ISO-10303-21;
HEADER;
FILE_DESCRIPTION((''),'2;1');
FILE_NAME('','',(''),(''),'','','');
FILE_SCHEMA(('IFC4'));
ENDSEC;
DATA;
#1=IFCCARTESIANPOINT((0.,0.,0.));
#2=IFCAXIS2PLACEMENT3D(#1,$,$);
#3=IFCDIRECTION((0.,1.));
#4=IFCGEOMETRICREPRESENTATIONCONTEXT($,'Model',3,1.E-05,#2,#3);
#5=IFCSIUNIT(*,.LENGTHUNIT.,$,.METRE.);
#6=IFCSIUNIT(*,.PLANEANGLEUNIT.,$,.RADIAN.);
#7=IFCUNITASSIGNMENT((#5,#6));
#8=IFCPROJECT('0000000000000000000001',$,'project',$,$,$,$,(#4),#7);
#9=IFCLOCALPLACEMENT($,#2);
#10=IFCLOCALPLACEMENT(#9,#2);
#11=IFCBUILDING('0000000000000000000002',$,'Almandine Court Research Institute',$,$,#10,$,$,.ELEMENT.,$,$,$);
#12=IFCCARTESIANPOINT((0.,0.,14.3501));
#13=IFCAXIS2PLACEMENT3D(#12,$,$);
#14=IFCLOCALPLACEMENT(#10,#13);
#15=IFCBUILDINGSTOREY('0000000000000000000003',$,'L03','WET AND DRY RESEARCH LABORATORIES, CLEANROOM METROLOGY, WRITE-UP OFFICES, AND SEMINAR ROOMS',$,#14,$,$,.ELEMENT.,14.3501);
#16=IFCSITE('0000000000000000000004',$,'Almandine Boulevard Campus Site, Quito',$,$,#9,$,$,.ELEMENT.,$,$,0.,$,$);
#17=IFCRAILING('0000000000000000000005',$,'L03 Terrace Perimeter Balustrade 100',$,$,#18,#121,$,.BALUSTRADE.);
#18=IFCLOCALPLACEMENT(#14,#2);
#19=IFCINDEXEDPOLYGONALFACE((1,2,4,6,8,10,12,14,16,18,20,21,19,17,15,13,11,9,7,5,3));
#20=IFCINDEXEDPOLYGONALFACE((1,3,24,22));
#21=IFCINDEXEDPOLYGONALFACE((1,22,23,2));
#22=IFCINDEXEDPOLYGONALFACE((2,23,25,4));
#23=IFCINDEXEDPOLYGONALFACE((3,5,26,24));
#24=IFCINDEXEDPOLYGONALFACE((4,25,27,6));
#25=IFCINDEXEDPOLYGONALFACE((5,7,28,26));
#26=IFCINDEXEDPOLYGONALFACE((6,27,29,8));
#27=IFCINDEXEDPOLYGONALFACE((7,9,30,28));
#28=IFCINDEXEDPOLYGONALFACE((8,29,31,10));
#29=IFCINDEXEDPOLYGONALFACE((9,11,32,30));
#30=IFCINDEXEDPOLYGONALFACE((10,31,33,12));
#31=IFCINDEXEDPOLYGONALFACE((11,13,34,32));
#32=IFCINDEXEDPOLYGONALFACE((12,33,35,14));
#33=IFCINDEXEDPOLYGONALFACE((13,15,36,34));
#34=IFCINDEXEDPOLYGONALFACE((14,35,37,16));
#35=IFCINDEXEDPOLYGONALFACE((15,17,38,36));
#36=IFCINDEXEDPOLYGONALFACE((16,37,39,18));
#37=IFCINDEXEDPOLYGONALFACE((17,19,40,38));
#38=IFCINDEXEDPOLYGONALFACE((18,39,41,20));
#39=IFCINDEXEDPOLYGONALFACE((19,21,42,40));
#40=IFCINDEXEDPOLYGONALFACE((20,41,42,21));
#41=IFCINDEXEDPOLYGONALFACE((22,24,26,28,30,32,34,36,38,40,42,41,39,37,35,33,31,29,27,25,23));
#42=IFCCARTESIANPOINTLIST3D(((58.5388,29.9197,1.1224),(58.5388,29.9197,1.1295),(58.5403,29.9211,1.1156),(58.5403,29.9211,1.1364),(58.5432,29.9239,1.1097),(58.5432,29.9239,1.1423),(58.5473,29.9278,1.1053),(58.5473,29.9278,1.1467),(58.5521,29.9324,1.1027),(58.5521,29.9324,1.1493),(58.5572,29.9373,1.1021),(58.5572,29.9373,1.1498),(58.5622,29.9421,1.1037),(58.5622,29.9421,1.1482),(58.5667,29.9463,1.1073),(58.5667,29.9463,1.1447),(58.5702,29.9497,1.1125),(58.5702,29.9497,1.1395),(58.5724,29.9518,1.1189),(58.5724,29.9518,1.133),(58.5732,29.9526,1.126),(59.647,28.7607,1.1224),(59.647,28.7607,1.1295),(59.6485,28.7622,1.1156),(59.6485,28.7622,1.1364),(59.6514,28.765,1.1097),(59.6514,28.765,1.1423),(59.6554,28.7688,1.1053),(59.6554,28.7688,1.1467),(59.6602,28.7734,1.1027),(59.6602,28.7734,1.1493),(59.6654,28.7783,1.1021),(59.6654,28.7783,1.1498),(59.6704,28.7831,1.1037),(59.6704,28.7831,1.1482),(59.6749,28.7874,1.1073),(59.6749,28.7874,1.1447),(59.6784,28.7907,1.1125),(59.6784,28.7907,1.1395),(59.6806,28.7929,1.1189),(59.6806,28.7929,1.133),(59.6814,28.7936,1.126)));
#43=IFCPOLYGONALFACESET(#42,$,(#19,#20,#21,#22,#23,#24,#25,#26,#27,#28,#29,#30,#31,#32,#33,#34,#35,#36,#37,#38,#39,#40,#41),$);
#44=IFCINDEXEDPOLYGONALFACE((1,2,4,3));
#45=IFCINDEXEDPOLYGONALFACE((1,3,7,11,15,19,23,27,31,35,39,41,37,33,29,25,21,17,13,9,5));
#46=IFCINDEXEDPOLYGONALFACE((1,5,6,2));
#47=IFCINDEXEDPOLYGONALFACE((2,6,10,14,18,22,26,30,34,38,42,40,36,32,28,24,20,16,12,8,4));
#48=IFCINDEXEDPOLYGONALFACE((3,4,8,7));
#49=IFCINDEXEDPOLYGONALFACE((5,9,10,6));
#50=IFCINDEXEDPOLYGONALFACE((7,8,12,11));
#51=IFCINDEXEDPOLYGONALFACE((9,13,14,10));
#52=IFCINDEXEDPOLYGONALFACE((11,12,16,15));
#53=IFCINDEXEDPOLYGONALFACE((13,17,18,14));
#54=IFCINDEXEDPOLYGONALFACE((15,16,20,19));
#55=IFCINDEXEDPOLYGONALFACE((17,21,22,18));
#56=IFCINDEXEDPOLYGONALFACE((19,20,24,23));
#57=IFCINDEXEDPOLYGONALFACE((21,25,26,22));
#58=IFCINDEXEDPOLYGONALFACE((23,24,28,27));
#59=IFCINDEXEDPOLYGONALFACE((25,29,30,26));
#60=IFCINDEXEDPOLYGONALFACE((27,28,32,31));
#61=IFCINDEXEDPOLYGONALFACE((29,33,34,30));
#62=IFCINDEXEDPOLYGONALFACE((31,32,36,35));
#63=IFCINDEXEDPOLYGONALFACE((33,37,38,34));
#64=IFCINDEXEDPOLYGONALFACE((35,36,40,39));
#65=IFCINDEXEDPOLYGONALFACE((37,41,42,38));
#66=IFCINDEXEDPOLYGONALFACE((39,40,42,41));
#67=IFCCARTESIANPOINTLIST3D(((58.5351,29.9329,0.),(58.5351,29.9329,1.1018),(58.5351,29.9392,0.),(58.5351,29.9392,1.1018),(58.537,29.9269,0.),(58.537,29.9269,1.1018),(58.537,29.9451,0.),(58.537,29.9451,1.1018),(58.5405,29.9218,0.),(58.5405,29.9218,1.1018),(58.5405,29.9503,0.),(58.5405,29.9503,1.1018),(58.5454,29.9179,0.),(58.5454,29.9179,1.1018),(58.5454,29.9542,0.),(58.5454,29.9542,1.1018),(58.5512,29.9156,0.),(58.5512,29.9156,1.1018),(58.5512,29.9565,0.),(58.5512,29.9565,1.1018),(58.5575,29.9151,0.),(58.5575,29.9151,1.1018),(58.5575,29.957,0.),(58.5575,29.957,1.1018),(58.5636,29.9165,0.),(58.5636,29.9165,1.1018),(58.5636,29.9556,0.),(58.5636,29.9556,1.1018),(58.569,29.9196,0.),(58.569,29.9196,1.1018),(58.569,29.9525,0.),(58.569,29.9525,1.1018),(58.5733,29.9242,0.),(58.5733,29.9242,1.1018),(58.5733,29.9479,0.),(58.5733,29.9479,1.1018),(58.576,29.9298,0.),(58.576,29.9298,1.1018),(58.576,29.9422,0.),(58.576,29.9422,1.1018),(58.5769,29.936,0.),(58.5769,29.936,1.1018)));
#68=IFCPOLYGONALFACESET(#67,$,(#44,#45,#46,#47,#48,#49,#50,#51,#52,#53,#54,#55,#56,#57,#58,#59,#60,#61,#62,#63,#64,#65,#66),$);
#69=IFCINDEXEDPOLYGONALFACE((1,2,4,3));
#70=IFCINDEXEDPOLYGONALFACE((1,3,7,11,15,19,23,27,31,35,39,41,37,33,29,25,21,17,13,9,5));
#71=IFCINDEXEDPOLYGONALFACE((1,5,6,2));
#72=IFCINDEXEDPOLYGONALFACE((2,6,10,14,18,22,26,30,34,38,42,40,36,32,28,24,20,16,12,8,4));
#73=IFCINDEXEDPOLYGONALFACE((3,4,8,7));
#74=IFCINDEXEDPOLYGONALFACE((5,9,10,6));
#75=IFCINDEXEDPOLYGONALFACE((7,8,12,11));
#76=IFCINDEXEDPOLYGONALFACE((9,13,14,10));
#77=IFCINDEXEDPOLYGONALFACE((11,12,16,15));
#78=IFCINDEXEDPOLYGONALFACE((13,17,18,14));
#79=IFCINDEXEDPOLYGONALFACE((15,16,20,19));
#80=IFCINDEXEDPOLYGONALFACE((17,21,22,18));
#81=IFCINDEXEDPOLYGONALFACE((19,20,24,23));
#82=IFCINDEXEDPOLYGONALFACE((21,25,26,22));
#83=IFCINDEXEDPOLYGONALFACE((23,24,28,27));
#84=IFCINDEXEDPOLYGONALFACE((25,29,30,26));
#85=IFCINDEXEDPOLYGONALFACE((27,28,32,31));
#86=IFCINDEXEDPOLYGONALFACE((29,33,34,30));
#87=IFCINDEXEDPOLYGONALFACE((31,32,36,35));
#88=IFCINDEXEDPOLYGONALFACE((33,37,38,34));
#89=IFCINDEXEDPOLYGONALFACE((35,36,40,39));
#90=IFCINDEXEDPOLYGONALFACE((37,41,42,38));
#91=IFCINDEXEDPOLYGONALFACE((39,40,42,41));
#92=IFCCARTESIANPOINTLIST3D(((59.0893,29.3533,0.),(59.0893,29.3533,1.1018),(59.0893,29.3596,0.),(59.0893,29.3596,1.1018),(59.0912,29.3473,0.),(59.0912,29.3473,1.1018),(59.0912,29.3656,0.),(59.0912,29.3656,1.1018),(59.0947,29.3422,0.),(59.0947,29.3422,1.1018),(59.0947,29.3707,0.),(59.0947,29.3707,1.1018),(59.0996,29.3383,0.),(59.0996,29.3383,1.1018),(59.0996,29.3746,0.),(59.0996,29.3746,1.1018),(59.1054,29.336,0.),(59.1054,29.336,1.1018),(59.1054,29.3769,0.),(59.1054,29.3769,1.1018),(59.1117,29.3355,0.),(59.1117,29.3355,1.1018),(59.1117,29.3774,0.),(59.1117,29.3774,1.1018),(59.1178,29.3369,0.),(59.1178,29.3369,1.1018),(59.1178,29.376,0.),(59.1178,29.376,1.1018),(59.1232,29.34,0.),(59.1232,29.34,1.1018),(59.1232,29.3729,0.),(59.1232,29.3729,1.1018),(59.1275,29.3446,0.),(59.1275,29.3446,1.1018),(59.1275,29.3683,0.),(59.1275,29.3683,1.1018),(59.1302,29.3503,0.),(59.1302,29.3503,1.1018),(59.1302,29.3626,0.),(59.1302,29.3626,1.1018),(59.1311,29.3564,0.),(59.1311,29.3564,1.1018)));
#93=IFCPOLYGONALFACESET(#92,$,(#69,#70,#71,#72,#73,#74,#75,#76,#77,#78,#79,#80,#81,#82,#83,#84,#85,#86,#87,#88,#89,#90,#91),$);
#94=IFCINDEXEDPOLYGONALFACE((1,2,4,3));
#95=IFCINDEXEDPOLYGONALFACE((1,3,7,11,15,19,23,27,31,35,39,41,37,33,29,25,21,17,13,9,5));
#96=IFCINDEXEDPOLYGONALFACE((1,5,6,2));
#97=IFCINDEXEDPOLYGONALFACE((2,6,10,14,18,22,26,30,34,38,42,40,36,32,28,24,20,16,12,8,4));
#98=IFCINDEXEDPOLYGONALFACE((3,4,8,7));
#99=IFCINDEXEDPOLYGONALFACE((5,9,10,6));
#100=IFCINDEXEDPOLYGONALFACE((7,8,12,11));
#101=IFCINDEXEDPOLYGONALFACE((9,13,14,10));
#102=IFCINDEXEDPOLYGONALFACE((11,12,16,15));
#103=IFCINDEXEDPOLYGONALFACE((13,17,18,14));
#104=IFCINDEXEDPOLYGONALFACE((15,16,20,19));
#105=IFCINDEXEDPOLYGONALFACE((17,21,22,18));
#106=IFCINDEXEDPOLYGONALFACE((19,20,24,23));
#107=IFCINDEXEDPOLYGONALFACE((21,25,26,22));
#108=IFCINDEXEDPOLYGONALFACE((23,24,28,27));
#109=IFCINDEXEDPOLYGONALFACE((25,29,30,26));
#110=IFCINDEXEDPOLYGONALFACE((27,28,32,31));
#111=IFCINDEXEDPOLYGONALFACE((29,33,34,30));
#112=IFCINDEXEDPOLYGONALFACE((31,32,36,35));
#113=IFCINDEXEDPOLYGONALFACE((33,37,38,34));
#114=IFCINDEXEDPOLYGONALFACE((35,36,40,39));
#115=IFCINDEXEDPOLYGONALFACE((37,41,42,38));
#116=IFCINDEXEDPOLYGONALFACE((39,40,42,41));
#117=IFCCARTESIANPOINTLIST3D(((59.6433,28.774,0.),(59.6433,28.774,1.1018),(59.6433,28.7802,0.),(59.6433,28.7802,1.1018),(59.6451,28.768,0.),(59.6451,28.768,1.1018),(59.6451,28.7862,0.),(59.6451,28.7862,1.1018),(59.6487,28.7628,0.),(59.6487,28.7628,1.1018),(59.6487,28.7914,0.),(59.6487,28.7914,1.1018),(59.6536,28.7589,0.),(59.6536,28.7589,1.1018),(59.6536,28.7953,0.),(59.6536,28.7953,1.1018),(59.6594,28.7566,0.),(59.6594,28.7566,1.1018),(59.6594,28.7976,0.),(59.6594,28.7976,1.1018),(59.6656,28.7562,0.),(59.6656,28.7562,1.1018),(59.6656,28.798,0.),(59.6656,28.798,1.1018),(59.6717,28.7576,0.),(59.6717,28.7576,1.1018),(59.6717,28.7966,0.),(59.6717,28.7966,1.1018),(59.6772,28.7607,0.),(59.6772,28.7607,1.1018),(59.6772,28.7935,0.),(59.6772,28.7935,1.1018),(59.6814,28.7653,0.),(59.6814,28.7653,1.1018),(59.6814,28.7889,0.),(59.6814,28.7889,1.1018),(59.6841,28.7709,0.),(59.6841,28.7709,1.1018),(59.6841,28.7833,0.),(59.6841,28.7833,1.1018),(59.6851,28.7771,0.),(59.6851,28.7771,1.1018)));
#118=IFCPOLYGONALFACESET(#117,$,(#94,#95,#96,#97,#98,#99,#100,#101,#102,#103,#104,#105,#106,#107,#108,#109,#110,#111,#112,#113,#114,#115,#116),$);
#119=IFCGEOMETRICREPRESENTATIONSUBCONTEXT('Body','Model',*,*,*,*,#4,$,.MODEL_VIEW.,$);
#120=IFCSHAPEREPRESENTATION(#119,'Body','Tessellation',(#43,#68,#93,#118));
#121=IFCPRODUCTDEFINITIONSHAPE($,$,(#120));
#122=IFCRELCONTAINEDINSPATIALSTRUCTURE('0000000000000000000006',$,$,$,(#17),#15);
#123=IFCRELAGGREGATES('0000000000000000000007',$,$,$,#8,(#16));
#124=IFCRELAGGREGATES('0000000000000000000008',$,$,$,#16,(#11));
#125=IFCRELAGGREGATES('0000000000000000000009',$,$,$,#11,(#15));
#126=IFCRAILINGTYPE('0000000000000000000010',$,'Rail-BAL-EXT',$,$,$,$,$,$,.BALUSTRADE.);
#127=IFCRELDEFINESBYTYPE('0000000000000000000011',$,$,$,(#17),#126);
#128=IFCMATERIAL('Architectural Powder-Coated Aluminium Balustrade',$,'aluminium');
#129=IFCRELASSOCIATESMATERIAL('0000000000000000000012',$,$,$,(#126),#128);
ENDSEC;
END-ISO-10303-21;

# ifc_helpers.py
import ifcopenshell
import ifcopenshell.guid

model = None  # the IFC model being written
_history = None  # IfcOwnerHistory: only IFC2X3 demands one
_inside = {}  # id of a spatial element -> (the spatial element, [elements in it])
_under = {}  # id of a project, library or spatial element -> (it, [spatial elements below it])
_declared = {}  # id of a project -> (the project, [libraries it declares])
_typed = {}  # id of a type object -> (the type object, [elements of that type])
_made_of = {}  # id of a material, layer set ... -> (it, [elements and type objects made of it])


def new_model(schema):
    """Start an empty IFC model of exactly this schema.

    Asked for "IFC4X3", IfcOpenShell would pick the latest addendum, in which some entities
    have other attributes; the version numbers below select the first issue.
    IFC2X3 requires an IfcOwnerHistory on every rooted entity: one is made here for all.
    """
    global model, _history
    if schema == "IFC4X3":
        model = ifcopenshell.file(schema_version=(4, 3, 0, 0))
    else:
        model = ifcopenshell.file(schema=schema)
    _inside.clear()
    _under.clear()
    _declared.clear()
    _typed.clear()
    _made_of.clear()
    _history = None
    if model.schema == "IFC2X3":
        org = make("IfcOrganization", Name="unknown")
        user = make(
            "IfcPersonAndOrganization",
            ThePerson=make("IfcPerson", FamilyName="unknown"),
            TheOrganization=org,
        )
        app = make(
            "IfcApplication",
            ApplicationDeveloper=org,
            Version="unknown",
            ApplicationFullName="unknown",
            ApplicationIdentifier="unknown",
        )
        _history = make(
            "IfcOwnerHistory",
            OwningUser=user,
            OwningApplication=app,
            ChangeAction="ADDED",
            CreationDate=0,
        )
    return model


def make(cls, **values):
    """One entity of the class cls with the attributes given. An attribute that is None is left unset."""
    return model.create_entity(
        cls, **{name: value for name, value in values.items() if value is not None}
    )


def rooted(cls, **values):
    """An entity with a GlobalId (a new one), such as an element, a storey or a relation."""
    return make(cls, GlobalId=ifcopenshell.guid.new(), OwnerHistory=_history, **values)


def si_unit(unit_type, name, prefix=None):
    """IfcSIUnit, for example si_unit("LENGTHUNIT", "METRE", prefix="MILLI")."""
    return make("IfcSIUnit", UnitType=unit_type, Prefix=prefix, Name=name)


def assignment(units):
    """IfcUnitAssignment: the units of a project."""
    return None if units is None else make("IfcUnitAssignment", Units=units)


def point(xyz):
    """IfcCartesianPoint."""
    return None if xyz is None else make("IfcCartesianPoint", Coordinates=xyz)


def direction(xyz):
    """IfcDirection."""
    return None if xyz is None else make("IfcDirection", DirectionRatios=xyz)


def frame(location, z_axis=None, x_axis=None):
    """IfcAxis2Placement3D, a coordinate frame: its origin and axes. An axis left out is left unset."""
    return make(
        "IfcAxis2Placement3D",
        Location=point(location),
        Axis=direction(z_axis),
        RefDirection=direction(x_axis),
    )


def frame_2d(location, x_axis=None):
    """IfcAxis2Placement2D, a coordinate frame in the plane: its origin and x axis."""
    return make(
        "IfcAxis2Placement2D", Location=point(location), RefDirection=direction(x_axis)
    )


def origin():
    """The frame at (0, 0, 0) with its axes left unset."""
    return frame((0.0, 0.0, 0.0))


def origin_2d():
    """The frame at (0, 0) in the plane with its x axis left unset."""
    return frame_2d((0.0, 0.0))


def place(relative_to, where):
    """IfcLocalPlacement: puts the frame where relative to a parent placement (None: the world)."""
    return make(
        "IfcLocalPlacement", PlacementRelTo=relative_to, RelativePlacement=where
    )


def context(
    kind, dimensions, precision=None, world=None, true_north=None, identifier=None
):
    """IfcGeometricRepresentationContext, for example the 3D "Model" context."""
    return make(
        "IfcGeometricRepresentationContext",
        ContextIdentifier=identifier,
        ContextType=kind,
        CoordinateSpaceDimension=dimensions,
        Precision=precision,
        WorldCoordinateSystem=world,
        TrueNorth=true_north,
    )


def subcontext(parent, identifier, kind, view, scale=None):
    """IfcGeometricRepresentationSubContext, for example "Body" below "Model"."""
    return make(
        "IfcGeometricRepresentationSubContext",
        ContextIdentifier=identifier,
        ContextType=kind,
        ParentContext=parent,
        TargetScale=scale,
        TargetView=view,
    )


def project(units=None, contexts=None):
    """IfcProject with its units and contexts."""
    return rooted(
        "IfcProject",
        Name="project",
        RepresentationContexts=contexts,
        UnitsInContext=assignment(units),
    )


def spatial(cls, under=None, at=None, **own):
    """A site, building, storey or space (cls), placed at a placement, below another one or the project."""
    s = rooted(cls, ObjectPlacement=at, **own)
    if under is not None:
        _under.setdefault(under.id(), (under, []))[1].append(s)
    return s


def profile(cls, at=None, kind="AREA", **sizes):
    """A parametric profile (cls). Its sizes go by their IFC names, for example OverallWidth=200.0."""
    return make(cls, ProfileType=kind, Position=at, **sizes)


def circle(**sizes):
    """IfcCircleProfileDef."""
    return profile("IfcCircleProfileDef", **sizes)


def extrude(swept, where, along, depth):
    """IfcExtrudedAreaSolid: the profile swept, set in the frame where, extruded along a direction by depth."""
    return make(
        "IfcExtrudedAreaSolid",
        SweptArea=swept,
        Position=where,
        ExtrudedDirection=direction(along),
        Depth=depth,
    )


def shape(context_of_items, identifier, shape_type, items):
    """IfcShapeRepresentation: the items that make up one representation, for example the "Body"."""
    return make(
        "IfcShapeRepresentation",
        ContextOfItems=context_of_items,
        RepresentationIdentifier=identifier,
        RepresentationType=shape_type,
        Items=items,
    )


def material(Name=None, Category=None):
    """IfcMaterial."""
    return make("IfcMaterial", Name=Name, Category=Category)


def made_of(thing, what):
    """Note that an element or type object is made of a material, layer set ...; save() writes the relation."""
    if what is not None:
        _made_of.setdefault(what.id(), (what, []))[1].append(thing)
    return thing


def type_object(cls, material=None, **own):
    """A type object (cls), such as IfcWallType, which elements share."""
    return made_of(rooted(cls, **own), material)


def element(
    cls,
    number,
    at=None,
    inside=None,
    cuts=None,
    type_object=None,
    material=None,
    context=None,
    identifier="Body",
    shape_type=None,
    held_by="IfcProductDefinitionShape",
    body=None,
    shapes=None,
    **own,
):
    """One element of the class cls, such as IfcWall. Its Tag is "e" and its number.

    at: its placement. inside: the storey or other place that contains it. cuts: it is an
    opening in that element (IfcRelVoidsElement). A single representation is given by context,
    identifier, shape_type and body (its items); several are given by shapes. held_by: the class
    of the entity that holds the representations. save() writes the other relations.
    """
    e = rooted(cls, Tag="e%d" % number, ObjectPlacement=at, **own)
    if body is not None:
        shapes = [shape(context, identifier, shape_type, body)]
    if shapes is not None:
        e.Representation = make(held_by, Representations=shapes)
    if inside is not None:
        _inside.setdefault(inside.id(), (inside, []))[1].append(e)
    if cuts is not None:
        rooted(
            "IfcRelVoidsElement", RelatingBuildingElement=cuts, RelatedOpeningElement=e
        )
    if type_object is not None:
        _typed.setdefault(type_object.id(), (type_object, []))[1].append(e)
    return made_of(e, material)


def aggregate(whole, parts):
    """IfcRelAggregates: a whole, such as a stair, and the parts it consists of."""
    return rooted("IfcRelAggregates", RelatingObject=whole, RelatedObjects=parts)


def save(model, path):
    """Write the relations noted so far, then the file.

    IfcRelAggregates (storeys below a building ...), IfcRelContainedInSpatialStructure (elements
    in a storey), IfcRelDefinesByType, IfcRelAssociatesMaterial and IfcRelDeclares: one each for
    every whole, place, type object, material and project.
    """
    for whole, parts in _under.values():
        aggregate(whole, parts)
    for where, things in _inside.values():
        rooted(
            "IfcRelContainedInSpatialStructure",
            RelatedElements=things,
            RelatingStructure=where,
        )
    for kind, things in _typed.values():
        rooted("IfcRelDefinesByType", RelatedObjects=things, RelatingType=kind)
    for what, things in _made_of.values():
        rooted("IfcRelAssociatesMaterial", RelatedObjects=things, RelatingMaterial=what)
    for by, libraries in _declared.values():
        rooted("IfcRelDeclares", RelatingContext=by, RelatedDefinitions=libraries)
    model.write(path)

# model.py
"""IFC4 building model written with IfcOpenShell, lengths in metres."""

from ifc_helpers import new_model, si_unit, direction, frame, origin, origin_2d, place, context, subcontext, project, spatial, circle, extrude, material, type_object, element, save


model = new_model("IFC4")

# Units and contexts
model_context = context("Model", 3, precision=1e-05, world=origin(), true_north=direction((0.0, 1.0)))
body_context = subcontext(model_context, "Body", "Model", "MODEL_VIEW")
ifc_project = project(units=[si_unit("LENGTHUNIT", "METRE"), si_unit("PLANEANGLEUNIT", "RADIAN")], contexts=[model_context])

# Site, building, storey
site_placement = place(None, origin())
site = spatial("IfcSite", under=ifc_project, at=site_placement, Name="Almandine Boulevard Campus Site, Quito", CompositionType="ELEMENT", RefElevation=0.0)
building_placement = place(site_placement, origin())
building = spatial("IfcBuilding", under=site, at=building_placement, Name="Almandine Court Research Institute", CompositionType="ELEMENT")
storey_placement = place(building_placement, frame((0.0, 0.0, 14.3501)))
storey = spatial("IfcBuildingStorey", under=building, at=storey_placement, Name="L03", Description="WET AND DRY RESEARCH LABORATORIES, CLEANROOM METROLOGY, WRITE-UP OFFICES, AND SEMINAR ROOMS", CompositionType="ELEMENT", Elevation=14.3501)

# Railing
ifc_material_1 = material(Name="Architectural Powder-Coated Aluminium Balustrade", Category="aluminium")
railing_type = type_object("IfcRailingType", Name="Rail-BAL-EXT", PredefinedType="BALUSTRADE", material=ifc_material_1)
railing_1_placement = place(storey_placement, frame((58.5559, 29.936, 0.0)))
element("IfcRailing", 1, at=railing_1_placement, inside=storey, type_object=railing_type, Name="L03 Terrace Perimeter Balustrade 100", PredefinedType="BALUSTRADE", context=body_context, shape_type="SweptSolid", body=[
    extrude(circle(Radius=0.0239, at=origin_2d()), frame((0.0, 0.0, 1.126), z_axis=(0.691095, -0.722764, 0.0), x_axis=(0.722764, 0.691095, 0.0)), (0.0, 0.0, 1.0), 1.6035),
    extrude(circle(Radius=0.021, at=origin_2d()), origin(), (0.0, 0.0, 1.0), 1.1018),
    extrude(circle(Radius=0.021, at=origin_2d()), frame((0.5542, -0.5796, 0.0)), (0.0, 0.0, 1.0), 1.1018),
    extrude(circle(Radius=0.021, at=origin_2d()), frame((1.1082, -1.1589, 0.0)), (0.0, 0.0, 1.0), 1.1018),
])

save(model, "model.ifc")
